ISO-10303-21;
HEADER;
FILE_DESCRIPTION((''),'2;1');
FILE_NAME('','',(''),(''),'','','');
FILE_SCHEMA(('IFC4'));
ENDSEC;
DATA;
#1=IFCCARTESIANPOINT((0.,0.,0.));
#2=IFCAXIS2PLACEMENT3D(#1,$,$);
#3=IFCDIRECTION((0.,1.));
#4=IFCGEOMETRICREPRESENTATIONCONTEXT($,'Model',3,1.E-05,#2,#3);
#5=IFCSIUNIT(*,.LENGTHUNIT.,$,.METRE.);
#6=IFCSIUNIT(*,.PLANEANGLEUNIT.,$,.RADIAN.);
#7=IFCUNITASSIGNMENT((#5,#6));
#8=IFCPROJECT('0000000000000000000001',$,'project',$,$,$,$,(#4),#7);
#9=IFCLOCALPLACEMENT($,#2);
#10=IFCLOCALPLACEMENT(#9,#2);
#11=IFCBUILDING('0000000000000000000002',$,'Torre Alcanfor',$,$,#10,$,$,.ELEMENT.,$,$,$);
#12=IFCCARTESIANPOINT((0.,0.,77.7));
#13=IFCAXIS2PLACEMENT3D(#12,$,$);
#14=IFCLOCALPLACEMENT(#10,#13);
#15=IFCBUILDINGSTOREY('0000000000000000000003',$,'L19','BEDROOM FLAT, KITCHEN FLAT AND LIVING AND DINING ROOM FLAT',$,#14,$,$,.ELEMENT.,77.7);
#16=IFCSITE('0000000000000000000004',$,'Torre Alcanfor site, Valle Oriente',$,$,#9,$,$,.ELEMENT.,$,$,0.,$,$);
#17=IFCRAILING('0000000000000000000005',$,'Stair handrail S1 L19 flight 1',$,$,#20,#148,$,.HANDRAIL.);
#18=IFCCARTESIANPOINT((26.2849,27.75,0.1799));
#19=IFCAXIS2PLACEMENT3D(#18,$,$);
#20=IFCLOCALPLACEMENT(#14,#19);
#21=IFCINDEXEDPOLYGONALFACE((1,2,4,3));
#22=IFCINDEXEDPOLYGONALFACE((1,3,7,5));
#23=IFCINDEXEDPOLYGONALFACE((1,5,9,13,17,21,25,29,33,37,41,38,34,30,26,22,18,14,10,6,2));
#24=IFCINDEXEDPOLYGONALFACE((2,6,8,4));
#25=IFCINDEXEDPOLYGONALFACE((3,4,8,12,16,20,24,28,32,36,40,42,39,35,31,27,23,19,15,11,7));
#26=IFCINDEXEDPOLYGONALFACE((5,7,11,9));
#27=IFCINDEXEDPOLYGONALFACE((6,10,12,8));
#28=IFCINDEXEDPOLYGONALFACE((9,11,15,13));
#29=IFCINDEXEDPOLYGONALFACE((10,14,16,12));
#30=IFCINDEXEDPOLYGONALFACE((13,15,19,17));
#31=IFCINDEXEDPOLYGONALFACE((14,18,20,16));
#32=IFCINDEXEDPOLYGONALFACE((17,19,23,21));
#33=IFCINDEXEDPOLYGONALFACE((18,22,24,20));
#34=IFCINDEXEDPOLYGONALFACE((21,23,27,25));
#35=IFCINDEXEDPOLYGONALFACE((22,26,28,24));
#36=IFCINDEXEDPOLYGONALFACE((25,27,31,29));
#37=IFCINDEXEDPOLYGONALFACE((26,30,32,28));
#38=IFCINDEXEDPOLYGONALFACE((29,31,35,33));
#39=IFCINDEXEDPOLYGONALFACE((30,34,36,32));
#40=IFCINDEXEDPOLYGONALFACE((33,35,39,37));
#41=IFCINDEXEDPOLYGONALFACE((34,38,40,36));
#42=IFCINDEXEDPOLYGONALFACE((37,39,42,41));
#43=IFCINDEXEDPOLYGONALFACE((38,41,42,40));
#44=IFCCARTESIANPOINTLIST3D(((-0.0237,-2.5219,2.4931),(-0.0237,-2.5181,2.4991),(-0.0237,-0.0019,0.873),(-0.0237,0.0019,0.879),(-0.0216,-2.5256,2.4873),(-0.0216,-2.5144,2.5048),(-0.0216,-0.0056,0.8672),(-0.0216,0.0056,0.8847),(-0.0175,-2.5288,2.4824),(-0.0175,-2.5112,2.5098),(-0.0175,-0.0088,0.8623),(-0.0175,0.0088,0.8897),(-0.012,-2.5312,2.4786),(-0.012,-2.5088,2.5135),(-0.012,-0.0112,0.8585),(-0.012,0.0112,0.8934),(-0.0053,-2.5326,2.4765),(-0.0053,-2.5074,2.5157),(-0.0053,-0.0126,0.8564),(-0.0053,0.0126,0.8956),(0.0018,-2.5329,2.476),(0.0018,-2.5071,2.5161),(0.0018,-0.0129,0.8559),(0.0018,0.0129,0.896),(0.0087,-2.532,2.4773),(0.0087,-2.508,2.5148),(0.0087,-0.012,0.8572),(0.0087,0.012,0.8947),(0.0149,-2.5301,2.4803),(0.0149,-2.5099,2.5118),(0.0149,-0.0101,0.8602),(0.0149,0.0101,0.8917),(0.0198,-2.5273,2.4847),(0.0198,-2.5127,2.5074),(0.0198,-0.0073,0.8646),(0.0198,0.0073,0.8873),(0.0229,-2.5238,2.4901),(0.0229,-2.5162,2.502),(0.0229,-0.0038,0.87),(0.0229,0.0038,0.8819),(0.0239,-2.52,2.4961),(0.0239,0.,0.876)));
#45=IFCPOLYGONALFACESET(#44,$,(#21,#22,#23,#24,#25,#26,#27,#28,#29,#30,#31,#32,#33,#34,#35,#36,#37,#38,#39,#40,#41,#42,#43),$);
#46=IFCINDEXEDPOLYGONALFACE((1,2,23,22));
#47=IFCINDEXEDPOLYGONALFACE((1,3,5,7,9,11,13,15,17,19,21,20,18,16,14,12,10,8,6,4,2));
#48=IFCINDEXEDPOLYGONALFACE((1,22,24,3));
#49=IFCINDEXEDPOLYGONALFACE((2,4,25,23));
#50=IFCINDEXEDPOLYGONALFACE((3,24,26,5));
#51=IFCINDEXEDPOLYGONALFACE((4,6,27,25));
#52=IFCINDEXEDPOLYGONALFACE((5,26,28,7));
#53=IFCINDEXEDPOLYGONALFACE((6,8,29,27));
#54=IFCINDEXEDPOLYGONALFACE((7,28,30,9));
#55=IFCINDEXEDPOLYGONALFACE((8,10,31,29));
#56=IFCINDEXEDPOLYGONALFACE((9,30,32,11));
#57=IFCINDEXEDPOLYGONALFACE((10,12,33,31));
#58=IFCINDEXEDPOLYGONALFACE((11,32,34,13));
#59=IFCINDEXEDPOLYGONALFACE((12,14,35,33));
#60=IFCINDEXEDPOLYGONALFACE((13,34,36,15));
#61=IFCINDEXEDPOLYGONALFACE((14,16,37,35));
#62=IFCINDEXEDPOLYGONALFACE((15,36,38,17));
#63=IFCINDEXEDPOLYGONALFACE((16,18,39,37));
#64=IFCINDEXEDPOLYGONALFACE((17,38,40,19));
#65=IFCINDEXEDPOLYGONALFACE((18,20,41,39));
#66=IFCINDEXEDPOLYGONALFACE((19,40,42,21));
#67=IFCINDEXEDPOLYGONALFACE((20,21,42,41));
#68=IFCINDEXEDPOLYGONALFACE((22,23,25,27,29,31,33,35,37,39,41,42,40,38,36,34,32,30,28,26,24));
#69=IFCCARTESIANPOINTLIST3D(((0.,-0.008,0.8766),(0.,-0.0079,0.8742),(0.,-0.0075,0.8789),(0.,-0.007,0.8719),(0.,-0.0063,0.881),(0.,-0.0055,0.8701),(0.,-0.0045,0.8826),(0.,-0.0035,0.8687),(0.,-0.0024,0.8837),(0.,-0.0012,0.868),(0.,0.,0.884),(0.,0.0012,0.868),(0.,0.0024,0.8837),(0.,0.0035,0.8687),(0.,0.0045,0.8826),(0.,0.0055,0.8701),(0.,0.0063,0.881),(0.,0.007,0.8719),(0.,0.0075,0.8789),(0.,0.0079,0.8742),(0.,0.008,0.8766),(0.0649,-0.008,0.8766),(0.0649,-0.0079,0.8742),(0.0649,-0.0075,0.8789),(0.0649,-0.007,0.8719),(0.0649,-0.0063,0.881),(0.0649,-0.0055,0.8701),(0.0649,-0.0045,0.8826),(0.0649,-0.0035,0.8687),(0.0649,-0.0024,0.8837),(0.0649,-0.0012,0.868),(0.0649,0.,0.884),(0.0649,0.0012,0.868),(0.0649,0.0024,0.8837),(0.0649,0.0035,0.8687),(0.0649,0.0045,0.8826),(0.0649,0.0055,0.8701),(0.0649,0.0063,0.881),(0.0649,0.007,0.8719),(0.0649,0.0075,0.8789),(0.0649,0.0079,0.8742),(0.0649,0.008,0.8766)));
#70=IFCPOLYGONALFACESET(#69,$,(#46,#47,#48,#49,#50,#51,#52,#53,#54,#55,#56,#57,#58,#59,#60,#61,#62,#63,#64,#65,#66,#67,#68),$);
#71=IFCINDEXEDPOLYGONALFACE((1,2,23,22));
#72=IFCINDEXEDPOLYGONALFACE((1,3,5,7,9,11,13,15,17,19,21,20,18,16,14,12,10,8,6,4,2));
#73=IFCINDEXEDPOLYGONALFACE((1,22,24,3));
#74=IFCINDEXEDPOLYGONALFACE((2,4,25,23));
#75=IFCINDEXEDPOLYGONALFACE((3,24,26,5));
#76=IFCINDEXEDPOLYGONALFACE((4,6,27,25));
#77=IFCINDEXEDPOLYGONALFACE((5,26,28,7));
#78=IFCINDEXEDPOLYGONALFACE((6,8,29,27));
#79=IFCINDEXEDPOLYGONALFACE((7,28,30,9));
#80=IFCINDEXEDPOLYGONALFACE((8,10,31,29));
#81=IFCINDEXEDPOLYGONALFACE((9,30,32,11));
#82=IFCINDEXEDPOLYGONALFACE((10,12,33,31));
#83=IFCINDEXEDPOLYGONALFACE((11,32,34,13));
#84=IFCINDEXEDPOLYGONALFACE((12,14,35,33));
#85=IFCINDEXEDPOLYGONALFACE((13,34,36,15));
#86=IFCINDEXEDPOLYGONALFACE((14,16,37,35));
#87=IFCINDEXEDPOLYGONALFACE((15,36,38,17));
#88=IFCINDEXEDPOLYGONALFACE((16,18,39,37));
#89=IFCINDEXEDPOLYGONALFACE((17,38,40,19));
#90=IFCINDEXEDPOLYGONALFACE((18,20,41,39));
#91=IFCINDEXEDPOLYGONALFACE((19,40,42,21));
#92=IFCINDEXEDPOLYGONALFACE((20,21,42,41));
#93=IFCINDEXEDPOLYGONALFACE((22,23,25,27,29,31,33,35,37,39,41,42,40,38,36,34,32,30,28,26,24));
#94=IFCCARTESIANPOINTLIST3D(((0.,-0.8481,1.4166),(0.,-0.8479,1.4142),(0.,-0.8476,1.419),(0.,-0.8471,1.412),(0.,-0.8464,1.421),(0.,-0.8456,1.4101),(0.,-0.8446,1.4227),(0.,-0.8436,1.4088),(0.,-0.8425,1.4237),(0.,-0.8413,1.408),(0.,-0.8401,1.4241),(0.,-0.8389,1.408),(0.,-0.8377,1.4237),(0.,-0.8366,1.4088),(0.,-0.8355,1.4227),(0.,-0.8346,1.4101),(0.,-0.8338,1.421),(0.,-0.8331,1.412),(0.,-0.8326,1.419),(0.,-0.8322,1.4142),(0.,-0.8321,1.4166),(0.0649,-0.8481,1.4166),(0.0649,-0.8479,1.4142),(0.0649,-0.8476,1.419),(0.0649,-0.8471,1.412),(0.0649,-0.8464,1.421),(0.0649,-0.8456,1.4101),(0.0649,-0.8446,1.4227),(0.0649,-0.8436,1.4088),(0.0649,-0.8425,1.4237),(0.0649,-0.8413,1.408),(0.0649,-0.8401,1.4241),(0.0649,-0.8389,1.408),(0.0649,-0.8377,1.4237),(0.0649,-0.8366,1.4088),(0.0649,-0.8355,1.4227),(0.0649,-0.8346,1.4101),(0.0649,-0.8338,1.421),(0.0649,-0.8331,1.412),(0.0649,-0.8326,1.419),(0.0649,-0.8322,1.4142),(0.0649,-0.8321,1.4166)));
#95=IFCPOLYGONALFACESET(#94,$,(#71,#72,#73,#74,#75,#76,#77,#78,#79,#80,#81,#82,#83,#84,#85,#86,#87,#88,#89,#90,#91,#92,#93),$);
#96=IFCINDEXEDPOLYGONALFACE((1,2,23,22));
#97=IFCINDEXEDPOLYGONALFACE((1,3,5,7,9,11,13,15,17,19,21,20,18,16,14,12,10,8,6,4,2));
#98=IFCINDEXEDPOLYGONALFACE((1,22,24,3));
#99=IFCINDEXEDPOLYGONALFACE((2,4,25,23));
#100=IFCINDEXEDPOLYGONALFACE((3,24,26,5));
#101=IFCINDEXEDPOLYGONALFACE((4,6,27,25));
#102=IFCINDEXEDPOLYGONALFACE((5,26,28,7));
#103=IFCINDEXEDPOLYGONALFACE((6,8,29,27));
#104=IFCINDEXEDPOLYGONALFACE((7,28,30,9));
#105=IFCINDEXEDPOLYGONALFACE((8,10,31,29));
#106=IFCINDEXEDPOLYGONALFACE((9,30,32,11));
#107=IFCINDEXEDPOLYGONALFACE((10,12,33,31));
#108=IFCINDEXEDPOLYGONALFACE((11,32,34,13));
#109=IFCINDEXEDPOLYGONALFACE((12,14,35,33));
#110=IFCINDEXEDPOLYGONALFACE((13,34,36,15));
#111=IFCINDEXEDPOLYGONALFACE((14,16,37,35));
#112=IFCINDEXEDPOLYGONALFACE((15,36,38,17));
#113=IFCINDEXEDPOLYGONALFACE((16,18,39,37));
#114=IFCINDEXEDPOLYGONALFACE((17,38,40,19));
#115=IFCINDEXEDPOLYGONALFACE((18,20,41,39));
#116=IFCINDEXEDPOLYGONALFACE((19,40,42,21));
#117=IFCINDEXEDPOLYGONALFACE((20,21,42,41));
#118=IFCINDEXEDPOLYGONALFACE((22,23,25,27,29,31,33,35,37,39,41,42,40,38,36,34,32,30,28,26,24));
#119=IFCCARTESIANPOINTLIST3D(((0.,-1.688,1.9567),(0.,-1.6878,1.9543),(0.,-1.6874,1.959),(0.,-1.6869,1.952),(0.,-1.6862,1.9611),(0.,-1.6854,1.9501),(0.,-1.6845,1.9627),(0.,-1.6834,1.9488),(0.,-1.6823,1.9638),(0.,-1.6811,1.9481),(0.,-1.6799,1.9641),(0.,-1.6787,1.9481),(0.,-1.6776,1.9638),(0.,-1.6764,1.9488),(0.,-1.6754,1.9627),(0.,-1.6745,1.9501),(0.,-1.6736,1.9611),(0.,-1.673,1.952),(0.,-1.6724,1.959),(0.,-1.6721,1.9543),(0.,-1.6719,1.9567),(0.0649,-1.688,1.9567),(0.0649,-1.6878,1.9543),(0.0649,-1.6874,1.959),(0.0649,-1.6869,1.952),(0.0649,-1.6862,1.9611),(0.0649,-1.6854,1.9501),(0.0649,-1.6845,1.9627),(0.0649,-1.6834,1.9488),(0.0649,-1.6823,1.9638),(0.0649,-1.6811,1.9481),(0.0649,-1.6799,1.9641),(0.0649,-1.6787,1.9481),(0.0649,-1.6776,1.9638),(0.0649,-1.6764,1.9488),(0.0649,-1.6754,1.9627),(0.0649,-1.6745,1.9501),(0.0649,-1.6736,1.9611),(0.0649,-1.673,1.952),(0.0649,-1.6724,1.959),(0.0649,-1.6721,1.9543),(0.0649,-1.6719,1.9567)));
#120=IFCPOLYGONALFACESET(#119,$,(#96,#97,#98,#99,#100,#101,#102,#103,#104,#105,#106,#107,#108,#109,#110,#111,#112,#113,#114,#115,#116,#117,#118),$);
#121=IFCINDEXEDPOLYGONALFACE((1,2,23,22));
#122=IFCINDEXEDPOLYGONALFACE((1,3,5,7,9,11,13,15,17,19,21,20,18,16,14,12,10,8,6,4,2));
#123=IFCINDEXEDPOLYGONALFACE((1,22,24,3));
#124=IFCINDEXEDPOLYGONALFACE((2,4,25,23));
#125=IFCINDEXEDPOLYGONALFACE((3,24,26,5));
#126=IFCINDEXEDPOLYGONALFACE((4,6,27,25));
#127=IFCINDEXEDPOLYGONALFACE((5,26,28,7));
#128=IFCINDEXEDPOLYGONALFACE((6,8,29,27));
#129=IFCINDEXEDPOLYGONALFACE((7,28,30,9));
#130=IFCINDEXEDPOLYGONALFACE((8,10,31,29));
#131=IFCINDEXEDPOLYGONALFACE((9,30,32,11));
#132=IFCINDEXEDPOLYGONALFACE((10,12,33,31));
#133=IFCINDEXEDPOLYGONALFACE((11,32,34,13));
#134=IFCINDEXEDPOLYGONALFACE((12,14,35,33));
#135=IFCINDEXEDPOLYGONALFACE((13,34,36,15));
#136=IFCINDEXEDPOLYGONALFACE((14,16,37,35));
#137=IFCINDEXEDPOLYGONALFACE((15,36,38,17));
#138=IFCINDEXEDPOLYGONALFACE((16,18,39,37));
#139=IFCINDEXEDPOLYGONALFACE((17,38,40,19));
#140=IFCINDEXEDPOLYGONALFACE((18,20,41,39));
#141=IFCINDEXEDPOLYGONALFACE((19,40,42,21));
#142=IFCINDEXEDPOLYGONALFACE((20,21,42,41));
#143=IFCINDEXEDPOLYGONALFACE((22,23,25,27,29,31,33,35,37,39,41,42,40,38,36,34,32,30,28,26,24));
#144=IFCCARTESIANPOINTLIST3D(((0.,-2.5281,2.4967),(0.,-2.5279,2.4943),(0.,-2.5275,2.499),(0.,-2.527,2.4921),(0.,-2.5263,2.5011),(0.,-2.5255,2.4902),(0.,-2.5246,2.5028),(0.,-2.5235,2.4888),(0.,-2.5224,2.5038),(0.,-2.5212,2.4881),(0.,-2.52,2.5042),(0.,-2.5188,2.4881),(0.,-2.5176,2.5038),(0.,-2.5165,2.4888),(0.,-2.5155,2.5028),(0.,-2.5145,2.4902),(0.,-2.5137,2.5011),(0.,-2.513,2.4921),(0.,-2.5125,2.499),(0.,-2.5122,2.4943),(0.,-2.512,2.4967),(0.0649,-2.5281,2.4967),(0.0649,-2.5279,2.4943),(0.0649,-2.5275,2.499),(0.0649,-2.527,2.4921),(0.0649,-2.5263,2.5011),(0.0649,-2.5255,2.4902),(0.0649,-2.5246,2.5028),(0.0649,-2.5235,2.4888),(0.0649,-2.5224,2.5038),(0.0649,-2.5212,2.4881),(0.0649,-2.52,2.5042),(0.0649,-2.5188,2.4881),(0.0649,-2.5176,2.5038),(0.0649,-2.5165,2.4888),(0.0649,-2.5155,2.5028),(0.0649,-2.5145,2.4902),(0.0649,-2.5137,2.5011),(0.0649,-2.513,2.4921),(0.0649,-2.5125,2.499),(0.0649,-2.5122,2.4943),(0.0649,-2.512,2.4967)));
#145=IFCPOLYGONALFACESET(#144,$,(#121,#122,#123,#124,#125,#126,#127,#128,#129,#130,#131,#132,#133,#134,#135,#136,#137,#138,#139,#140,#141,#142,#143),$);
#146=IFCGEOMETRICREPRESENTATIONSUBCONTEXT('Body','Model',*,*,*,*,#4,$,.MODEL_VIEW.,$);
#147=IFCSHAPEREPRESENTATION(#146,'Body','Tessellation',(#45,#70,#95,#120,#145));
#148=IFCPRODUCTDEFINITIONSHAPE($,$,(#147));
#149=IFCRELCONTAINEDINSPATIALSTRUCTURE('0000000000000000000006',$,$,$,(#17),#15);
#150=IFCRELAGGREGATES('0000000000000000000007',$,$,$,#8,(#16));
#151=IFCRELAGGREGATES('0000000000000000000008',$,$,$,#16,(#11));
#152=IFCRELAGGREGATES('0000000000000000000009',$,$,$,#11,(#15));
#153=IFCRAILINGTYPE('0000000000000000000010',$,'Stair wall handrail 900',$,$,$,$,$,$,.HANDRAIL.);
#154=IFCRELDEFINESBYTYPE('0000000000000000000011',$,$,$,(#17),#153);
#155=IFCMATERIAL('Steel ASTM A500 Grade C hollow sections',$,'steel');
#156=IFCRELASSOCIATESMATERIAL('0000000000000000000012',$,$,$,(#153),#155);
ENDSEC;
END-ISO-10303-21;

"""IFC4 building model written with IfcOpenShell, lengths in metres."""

from ifc_helpers import new_model, si_unit, direction, frame, origin, origin_2d, place, context, subcontext, project, spatial, circle, extrude, material, type_object, element, save


model = new_model("IFC4")

# Units and contexts
model_context = context("Model", 3, precision=1e-05, world=origin(), true_north=direction((0.0, 1.0)))
body_context = subcontext(model_context, "Body", "Model", "MODEL_VIEW")
ifc_project = project(units=[si_unit("LENGTHUNIT", "METRE"), si_unit("PLANEANGLEUNIT", "RADIAN")], contexts=[model_context])

# Site, building, storey
site_placement = place(None, origin())
site = spatial("IfcSite", under=ifc_project, at=site_placement, Name="Torre Alcanfor site, Valle Oriente", CompositionType="ELEMENT", RefElevation=0.0)
building_placement = place(site_placement, origin())
building = spatial("IfcBuilding", under=site, at=building_placement, Name="Torre Alcanfor", CompositionType="ELEMENT")
storey_placement = place(building_placement, frame((0.0, 0.0, 77.7)))
storey = spatial("IfcBuildingStorey", under=building, at=storey_placement, Name="L19", Description="BEDROOM FLAT, KITCHEN FLAT AND LIVING AND DINING ROOM FLAT", CompositionType="ELEMENT", Elevation=77.7)

# Railing
ifc_material_1 = material(Name="Steel ASTM A500 Grade C hollow sections", Category="steel")
railing_type_1 = type_object("IfcRailingType", Name="Stair wall handrail 900", PredefinedType="HANDRAIL", material=ifc_material_1)
railing_1_placement = place(storey_placement, frame((26.2849, 27.75, 0.1799)))
element("IfcRailing", 1, at=railing_1_placement, inside=storey, type_object=railing_type_1, Name="Stair handrail S1 L19 flight 1", PredefinedType="HANDRAIL", context=body_context, shape_type="SweptSolid", body=[
    extrude(circle(Radius=0.0239, at=origin_2d()), frame((0.0, 0.0, 0.876), z_axis=(0.0, -0.841163, 0.540782), x_axis=(1.0, 0.0, 0.0)), (0.0, 0.0, 1.0), 2.9958),
    extrude(circle(Radius=0.0081, at=origin_2d()), frame((0.0, 0.0, 0.876), z_axis=(1.0, 0.0, 0.0), x_axis=(0.0, 0.0, 1.0)), (0.0, 0.0, 1.0), 0.0649),
    extrude(circle(Radius=0.0081, at=origin_2d()), frame((0.0, -0.8401, 1.416), z_axis=(1.0, 0.0, 0.0), x_axis=(0.0, 0.0, 1.0)), (0.0, 0.0, 1.0), 0.0649),
    extrude(circle(Radius=0.0081, at=origin_2d()), frame((0.0, -1.6799, 1.9561), z_axis=(1.0, 0.0, 0.0), x_axis=(0.0, 0.0, 1.0)), (0.0, 0.0, 1.0), 0.0649),
    extrude(circle(Radius=0.0081, at=origin_2d()), frame((0.0, -2.52, 2.4961), z_axis=(1.0, 0.0, 0.0), x_axis=(0.0, 0.0, 1.0)), (0.0, 0.0, 1.0), 0.0649),
])

save(model, "model.ifc")
